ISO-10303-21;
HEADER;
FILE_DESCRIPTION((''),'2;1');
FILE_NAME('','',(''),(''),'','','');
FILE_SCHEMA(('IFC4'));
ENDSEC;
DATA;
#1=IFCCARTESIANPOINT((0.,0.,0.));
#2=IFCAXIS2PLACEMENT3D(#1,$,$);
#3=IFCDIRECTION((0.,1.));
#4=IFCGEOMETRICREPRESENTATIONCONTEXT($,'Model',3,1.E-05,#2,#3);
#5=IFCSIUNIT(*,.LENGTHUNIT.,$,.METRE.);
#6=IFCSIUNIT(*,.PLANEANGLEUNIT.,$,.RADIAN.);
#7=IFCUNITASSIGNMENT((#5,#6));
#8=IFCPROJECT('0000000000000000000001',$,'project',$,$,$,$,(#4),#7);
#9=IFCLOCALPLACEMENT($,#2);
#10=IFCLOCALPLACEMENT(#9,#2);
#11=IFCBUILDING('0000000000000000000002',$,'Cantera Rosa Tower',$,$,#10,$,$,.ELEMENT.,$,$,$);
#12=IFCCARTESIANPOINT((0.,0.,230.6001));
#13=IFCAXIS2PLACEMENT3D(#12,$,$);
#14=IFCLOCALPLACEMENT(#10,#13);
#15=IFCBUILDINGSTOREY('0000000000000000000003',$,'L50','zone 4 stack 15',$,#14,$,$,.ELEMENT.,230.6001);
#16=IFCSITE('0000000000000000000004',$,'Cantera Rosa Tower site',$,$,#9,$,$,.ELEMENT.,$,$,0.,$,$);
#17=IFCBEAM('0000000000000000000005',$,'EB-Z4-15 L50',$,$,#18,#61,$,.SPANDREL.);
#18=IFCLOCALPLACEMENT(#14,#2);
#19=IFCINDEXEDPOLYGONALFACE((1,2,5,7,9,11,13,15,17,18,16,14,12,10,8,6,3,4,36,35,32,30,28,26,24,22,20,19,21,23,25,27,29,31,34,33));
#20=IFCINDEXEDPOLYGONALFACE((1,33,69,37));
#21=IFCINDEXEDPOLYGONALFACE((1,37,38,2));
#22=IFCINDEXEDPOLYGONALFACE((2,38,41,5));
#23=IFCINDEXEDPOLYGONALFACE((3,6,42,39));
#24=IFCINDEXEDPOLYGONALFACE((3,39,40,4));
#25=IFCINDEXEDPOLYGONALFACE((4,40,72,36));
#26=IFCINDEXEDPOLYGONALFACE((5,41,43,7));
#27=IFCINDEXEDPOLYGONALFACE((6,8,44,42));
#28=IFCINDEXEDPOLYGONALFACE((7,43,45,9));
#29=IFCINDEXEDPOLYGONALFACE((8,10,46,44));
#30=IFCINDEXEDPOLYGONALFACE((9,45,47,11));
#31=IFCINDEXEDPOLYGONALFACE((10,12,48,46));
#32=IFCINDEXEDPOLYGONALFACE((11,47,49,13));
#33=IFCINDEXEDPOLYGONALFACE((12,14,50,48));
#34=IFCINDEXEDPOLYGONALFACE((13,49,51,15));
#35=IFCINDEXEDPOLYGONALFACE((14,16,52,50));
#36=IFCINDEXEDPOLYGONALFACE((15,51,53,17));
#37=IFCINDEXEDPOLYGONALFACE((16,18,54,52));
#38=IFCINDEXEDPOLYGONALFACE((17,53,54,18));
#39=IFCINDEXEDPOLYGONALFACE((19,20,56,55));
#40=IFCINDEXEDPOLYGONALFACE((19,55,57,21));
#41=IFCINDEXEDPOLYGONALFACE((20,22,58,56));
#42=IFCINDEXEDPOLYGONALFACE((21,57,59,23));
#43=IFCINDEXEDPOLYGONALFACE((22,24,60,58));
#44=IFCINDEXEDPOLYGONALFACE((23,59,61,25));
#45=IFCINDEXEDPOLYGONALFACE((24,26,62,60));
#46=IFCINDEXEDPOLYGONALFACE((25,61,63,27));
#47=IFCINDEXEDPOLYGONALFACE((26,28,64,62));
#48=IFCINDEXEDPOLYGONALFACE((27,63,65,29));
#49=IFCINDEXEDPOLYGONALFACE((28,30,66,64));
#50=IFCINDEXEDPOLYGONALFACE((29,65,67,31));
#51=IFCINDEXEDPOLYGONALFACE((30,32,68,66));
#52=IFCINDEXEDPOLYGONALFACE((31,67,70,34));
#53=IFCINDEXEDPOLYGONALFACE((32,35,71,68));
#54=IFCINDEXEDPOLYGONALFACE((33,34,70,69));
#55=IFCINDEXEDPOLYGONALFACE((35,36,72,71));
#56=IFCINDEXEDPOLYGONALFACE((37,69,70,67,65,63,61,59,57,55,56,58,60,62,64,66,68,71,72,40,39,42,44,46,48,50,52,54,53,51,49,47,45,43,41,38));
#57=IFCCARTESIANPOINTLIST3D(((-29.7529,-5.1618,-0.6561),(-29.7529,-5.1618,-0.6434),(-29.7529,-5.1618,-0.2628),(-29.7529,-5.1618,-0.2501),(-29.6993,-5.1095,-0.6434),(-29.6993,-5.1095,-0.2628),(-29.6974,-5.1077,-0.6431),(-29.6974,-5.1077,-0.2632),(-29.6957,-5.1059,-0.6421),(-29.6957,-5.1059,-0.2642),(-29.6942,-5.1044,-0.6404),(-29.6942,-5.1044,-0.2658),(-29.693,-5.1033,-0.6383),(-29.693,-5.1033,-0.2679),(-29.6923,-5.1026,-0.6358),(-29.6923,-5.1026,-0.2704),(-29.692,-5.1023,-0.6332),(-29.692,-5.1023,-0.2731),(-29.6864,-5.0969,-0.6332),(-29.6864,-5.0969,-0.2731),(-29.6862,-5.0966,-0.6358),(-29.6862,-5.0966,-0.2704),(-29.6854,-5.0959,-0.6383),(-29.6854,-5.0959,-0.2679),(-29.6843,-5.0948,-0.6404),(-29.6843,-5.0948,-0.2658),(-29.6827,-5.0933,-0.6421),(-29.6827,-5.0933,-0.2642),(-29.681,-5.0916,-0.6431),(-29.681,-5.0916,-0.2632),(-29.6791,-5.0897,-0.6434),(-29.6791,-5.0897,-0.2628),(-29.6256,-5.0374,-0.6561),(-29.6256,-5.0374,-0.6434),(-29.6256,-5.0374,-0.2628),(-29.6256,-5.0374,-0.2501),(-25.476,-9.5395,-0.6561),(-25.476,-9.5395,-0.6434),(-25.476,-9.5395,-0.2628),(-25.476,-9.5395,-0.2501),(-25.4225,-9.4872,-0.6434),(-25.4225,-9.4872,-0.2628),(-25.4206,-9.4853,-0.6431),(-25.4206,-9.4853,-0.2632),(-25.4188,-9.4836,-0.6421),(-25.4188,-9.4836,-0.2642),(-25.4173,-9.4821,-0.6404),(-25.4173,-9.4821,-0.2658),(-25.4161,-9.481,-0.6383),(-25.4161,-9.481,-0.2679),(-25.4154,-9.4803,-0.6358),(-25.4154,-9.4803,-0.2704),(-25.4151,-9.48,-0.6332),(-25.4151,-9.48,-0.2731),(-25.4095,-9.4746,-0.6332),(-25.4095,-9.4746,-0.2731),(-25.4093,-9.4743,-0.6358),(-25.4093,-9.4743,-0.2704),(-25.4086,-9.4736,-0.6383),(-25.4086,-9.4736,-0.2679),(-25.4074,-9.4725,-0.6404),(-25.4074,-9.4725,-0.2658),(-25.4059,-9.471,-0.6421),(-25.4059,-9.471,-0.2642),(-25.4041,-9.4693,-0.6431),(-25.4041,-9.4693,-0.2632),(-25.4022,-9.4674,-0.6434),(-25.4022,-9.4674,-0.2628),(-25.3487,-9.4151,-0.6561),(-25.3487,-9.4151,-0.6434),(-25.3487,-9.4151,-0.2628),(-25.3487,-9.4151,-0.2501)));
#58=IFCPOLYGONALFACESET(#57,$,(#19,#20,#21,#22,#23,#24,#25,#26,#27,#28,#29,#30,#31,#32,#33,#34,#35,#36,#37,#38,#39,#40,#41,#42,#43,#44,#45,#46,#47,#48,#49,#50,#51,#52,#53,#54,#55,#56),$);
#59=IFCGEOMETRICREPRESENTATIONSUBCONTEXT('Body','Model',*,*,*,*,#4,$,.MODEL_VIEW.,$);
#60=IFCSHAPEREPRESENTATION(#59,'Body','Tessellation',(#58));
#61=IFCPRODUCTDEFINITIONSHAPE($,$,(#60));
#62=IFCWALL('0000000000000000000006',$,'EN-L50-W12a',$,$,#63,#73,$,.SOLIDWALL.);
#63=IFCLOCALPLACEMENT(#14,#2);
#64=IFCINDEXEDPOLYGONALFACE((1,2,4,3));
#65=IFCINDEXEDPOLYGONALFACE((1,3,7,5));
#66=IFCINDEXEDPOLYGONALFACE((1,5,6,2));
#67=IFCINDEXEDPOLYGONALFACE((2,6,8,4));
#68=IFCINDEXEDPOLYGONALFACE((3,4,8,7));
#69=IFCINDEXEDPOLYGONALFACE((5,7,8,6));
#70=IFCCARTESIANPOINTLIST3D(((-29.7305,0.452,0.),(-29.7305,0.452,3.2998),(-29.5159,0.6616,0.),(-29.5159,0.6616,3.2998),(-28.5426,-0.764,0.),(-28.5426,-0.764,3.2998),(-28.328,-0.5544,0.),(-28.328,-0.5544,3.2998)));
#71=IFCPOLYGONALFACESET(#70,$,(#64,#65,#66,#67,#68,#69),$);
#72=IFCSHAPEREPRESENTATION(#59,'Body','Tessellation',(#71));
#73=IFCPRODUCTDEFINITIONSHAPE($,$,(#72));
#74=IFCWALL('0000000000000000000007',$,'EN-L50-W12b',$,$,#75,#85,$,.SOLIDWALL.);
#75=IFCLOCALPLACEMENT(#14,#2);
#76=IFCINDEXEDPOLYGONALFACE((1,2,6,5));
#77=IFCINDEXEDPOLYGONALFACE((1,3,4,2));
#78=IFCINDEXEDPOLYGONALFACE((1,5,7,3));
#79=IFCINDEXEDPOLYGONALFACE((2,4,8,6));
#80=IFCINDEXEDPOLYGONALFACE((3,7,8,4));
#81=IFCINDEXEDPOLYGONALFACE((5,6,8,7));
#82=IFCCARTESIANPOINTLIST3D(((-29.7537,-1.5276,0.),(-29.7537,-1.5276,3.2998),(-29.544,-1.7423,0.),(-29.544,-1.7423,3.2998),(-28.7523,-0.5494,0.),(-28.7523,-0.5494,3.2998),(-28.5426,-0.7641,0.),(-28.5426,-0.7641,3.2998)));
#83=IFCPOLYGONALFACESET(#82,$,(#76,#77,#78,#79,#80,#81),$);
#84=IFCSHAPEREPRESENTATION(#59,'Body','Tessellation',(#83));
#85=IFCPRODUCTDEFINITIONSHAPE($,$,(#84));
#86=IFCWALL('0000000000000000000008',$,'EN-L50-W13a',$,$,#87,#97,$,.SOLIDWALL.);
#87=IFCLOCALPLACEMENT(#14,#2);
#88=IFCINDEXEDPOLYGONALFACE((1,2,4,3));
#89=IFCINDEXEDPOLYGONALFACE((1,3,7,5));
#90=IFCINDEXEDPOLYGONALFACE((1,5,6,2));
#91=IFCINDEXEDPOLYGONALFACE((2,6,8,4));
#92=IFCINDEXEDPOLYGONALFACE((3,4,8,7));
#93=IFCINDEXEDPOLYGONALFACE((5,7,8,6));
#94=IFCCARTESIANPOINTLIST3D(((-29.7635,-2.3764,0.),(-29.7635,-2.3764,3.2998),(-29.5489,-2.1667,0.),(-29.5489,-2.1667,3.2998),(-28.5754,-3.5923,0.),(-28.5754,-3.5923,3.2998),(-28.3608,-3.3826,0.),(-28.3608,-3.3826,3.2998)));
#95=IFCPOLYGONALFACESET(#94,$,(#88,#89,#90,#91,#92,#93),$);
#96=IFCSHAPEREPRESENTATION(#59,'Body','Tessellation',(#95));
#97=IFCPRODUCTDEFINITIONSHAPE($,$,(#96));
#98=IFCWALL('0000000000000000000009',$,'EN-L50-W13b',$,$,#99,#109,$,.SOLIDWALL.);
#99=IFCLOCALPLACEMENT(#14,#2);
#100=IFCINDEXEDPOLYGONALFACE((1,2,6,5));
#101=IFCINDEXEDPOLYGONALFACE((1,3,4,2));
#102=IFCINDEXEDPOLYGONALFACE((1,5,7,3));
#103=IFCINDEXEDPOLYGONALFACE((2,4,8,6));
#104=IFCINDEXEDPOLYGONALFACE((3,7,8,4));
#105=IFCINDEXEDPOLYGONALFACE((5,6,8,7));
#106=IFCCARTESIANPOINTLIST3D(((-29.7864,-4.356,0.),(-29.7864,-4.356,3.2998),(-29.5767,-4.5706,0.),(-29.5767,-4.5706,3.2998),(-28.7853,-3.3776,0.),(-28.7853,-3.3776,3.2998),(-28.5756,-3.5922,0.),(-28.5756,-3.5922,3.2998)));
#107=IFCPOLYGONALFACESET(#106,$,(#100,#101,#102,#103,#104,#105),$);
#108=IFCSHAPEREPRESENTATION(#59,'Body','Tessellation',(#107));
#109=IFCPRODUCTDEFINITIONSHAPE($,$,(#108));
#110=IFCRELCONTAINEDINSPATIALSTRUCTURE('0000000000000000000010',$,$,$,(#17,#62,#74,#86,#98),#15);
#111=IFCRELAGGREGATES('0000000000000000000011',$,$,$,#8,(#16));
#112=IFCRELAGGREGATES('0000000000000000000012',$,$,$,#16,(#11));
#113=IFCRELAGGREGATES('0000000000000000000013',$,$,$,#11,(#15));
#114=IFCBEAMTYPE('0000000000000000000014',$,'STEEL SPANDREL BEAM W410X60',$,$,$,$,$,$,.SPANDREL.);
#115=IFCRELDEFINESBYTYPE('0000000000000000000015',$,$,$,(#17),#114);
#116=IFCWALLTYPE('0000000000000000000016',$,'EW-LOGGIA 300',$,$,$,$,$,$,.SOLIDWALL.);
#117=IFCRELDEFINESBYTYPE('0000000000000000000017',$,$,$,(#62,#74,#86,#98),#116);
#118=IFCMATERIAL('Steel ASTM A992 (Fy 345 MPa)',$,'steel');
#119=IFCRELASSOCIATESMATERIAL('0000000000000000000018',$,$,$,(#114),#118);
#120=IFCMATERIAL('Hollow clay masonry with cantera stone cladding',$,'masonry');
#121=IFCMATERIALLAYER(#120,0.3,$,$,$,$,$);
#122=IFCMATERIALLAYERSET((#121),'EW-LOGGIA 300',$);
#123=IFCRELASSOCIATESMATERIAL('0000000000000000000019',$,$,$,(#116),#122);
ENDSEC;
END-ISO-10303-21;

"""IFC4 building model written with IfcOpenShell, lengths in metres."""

from ifc_helpers import new_model, si_unit, direction, frame, frame_2d, origin, origin_2d, place, context, subcontext, project, spatial, rectangle, i_section, extrude, material, layer, layer_set, material_profile, profile_set, type_object, element, save


model = new_model("IFC4")

# Units and contexts
model_context = context("Model", 3, precision=1e-05, world=origin(), true_north=direction((0.0, 1.0)))
body_context = subcontext(model_context, "Body", "Model", "MODEL_VIEW")
ifc_project = project(units=[si_unit("LENGTHUNIT", "METRE"), si_unit("PLANEANGLEUNIT", "RADIAN")], contexts=[model_context])

# Site, building, storey
site_placement = place(None, origin())
site = spatial("IfcSite", under=ifc_project, at=site_placement, Name="Cantera Rosa Tower site", CompositionType="ELEMENT", RefElevation=0.0)
building_placement = place(site_placement, origin())
building = spatial("IfcBuilding", under=site, at=building_placement, Name="Cantera Rosa Tower", CompositionType="ELEMENT")
storey_placement = place(building_placement, frame((0.0, 0.0, 230.6001)))
storey = spatial("IfcBuildingStorey", under=building, at=storey_placement, Name="L50", Description="zone 4 stack 15", CompositionType="ELEMENT", Elevation=230.6001)

# Beam
ifc_material_1 = material(Name="Steel ASTM A992 (Fy 345 MPa)", Category="steel")
ifc_material_profile_1 = material_profile(ifc_material_1, i_section(OverallWidth=0.178, OverallDepth=0.406, WebThickness=0.0078, FlangeThickness=0.0127, FilletRadius=0.0103, at=origin_2d()), Name="W410X60")
ifc_profile_set_1 = profile_set([ifc_material_profile_1], Name="Steel ASTM A992 (Fy 345 MPa)")
beam_type_1 = type_object("IfcBeamType", Name="STEEL SPANDREL BEAM W410X60", PredefinedType="SPANDREL", material=ifc_profile_set_1)
beam_1_placement = place(storey_placement, frame((-29.6892, -5.0996, -0.4531), z_axis=(0.698821, -0.715296, 0.0), x_axis=(0.715296, 0.698821, 0.0)))
element("IfcBeam", 1, at=beam_1_placement, inside=storey, type_object=beam_type_1, Name="EB-Z4-15 L50", PredefinedType="SPANDREL", context=body_context, shape_type="SweptSolid", body=[
    extrude(i_section(OverallWidth=0.178, OverallDepth=0.406, WebThickness=0.0078, FlangeThickness=0.0127, FilletRadius=0.0103, at=origin_2d()), origin(), (0.0, 0.0, 1.0), 6.1201),
])

# Walls
ifc_material_2 = material(Name="Hollow clay masonry with cantera stone cladding", Category="masonry")
ifc_layer_1 = layer(ifc_material_2, 0.3)
ifc_layer_set_1 = layer_set([ifc_layer_1], Name="EW-LOGGIA 300")
wall_type_1 = type_object("IfcWallType", Name="EW-LOGGIA 300", PredefinedType="SOLIDWALL", material=ifc_layer_set_1)
wall_1_placement = place(storey_placement, frame((-29.6233, 0.5569, 0.0), z_axis=(0.0, 0.0, 1.0), x_axis=(0.698801, -0.715316, 0.0)))
element("IfcWall", 2, at=wall_1_placement, inside=storey, type_object=wall_type_1, Name="EN-L50-W12a", PredefinedType="SOLIDWALL", context=body_context, shape_type="SweptSolid", body=[
    extrude(rectangle(XDim=1.7, YDim=0.3, at=frame_2d((0.8501, 0.0))), origin(), (0.0, 0.0, 1.0), 3.2998),
])
wall_2_placement = place(storey_placement, frame((-28.6475, -0.6567, 0.0), z_axis=(0.0, 0.0, 1.0), x_axis=(-0.715342, -0.698775, 0.0)))
element("IfcWall", 3, at=wall_2_placement, inside=storey, type_object=wall_type_1, Name="EN-L50-W12b", PredefinedType="SOLIDWALL", context=body_context, shape_type="SweptSolid", body=[
    extrude(rectangle(XDim=1.3999, YDim=0.3, at=frame_2d((0.7, 0.0))), origin(), (0.0, 0.0, 1.0), 3.2998),
])
wall_3_placement = place(storey_placement, frame((-29.6562, -2.2715, 0.0), z_axis=(0.0, 0.0, 1.0), x_axis=(0.698873, -0.715246, 0.0)))
element("IfcWall", 4, at=wall_3_placement, inside=storey, type_object=wall_type_1, Name="EN-L50-W13a", PredefinedType="SOLIDWALL", context=body_context, shape_type="SweptSolid", body=[
    extrude(rectangle(XDim=1.7, YDim=0.3, at=frame_2d((0.8501, 0.0))), origin(), (0.0, 0.0, 1.0), 3.2998),
])
wall_4_placement = place(storey_placement, frame((-28.6804, -3.4849, 0.0), z_axis=(0.0, 0.0, 1.0), x_axis=(-0.715169, -0.698951, 0.0)))
element("IfcWall", 5, at=wall_4_placement, inside=storey, type_object=wall_type_1, Name="EN-L50-W13b", PredefinedType="SOLIDWALL", context=body_context, shape_type="SweptSolid", body=[
    extrude(rectangle(XDim=1.3999, YDim=0.3, at=frame_2d((0.7, 0.0))), origin(), (0.0, 0.0, 1.0), 3.2998),
])

save(model, "model.ifc")
